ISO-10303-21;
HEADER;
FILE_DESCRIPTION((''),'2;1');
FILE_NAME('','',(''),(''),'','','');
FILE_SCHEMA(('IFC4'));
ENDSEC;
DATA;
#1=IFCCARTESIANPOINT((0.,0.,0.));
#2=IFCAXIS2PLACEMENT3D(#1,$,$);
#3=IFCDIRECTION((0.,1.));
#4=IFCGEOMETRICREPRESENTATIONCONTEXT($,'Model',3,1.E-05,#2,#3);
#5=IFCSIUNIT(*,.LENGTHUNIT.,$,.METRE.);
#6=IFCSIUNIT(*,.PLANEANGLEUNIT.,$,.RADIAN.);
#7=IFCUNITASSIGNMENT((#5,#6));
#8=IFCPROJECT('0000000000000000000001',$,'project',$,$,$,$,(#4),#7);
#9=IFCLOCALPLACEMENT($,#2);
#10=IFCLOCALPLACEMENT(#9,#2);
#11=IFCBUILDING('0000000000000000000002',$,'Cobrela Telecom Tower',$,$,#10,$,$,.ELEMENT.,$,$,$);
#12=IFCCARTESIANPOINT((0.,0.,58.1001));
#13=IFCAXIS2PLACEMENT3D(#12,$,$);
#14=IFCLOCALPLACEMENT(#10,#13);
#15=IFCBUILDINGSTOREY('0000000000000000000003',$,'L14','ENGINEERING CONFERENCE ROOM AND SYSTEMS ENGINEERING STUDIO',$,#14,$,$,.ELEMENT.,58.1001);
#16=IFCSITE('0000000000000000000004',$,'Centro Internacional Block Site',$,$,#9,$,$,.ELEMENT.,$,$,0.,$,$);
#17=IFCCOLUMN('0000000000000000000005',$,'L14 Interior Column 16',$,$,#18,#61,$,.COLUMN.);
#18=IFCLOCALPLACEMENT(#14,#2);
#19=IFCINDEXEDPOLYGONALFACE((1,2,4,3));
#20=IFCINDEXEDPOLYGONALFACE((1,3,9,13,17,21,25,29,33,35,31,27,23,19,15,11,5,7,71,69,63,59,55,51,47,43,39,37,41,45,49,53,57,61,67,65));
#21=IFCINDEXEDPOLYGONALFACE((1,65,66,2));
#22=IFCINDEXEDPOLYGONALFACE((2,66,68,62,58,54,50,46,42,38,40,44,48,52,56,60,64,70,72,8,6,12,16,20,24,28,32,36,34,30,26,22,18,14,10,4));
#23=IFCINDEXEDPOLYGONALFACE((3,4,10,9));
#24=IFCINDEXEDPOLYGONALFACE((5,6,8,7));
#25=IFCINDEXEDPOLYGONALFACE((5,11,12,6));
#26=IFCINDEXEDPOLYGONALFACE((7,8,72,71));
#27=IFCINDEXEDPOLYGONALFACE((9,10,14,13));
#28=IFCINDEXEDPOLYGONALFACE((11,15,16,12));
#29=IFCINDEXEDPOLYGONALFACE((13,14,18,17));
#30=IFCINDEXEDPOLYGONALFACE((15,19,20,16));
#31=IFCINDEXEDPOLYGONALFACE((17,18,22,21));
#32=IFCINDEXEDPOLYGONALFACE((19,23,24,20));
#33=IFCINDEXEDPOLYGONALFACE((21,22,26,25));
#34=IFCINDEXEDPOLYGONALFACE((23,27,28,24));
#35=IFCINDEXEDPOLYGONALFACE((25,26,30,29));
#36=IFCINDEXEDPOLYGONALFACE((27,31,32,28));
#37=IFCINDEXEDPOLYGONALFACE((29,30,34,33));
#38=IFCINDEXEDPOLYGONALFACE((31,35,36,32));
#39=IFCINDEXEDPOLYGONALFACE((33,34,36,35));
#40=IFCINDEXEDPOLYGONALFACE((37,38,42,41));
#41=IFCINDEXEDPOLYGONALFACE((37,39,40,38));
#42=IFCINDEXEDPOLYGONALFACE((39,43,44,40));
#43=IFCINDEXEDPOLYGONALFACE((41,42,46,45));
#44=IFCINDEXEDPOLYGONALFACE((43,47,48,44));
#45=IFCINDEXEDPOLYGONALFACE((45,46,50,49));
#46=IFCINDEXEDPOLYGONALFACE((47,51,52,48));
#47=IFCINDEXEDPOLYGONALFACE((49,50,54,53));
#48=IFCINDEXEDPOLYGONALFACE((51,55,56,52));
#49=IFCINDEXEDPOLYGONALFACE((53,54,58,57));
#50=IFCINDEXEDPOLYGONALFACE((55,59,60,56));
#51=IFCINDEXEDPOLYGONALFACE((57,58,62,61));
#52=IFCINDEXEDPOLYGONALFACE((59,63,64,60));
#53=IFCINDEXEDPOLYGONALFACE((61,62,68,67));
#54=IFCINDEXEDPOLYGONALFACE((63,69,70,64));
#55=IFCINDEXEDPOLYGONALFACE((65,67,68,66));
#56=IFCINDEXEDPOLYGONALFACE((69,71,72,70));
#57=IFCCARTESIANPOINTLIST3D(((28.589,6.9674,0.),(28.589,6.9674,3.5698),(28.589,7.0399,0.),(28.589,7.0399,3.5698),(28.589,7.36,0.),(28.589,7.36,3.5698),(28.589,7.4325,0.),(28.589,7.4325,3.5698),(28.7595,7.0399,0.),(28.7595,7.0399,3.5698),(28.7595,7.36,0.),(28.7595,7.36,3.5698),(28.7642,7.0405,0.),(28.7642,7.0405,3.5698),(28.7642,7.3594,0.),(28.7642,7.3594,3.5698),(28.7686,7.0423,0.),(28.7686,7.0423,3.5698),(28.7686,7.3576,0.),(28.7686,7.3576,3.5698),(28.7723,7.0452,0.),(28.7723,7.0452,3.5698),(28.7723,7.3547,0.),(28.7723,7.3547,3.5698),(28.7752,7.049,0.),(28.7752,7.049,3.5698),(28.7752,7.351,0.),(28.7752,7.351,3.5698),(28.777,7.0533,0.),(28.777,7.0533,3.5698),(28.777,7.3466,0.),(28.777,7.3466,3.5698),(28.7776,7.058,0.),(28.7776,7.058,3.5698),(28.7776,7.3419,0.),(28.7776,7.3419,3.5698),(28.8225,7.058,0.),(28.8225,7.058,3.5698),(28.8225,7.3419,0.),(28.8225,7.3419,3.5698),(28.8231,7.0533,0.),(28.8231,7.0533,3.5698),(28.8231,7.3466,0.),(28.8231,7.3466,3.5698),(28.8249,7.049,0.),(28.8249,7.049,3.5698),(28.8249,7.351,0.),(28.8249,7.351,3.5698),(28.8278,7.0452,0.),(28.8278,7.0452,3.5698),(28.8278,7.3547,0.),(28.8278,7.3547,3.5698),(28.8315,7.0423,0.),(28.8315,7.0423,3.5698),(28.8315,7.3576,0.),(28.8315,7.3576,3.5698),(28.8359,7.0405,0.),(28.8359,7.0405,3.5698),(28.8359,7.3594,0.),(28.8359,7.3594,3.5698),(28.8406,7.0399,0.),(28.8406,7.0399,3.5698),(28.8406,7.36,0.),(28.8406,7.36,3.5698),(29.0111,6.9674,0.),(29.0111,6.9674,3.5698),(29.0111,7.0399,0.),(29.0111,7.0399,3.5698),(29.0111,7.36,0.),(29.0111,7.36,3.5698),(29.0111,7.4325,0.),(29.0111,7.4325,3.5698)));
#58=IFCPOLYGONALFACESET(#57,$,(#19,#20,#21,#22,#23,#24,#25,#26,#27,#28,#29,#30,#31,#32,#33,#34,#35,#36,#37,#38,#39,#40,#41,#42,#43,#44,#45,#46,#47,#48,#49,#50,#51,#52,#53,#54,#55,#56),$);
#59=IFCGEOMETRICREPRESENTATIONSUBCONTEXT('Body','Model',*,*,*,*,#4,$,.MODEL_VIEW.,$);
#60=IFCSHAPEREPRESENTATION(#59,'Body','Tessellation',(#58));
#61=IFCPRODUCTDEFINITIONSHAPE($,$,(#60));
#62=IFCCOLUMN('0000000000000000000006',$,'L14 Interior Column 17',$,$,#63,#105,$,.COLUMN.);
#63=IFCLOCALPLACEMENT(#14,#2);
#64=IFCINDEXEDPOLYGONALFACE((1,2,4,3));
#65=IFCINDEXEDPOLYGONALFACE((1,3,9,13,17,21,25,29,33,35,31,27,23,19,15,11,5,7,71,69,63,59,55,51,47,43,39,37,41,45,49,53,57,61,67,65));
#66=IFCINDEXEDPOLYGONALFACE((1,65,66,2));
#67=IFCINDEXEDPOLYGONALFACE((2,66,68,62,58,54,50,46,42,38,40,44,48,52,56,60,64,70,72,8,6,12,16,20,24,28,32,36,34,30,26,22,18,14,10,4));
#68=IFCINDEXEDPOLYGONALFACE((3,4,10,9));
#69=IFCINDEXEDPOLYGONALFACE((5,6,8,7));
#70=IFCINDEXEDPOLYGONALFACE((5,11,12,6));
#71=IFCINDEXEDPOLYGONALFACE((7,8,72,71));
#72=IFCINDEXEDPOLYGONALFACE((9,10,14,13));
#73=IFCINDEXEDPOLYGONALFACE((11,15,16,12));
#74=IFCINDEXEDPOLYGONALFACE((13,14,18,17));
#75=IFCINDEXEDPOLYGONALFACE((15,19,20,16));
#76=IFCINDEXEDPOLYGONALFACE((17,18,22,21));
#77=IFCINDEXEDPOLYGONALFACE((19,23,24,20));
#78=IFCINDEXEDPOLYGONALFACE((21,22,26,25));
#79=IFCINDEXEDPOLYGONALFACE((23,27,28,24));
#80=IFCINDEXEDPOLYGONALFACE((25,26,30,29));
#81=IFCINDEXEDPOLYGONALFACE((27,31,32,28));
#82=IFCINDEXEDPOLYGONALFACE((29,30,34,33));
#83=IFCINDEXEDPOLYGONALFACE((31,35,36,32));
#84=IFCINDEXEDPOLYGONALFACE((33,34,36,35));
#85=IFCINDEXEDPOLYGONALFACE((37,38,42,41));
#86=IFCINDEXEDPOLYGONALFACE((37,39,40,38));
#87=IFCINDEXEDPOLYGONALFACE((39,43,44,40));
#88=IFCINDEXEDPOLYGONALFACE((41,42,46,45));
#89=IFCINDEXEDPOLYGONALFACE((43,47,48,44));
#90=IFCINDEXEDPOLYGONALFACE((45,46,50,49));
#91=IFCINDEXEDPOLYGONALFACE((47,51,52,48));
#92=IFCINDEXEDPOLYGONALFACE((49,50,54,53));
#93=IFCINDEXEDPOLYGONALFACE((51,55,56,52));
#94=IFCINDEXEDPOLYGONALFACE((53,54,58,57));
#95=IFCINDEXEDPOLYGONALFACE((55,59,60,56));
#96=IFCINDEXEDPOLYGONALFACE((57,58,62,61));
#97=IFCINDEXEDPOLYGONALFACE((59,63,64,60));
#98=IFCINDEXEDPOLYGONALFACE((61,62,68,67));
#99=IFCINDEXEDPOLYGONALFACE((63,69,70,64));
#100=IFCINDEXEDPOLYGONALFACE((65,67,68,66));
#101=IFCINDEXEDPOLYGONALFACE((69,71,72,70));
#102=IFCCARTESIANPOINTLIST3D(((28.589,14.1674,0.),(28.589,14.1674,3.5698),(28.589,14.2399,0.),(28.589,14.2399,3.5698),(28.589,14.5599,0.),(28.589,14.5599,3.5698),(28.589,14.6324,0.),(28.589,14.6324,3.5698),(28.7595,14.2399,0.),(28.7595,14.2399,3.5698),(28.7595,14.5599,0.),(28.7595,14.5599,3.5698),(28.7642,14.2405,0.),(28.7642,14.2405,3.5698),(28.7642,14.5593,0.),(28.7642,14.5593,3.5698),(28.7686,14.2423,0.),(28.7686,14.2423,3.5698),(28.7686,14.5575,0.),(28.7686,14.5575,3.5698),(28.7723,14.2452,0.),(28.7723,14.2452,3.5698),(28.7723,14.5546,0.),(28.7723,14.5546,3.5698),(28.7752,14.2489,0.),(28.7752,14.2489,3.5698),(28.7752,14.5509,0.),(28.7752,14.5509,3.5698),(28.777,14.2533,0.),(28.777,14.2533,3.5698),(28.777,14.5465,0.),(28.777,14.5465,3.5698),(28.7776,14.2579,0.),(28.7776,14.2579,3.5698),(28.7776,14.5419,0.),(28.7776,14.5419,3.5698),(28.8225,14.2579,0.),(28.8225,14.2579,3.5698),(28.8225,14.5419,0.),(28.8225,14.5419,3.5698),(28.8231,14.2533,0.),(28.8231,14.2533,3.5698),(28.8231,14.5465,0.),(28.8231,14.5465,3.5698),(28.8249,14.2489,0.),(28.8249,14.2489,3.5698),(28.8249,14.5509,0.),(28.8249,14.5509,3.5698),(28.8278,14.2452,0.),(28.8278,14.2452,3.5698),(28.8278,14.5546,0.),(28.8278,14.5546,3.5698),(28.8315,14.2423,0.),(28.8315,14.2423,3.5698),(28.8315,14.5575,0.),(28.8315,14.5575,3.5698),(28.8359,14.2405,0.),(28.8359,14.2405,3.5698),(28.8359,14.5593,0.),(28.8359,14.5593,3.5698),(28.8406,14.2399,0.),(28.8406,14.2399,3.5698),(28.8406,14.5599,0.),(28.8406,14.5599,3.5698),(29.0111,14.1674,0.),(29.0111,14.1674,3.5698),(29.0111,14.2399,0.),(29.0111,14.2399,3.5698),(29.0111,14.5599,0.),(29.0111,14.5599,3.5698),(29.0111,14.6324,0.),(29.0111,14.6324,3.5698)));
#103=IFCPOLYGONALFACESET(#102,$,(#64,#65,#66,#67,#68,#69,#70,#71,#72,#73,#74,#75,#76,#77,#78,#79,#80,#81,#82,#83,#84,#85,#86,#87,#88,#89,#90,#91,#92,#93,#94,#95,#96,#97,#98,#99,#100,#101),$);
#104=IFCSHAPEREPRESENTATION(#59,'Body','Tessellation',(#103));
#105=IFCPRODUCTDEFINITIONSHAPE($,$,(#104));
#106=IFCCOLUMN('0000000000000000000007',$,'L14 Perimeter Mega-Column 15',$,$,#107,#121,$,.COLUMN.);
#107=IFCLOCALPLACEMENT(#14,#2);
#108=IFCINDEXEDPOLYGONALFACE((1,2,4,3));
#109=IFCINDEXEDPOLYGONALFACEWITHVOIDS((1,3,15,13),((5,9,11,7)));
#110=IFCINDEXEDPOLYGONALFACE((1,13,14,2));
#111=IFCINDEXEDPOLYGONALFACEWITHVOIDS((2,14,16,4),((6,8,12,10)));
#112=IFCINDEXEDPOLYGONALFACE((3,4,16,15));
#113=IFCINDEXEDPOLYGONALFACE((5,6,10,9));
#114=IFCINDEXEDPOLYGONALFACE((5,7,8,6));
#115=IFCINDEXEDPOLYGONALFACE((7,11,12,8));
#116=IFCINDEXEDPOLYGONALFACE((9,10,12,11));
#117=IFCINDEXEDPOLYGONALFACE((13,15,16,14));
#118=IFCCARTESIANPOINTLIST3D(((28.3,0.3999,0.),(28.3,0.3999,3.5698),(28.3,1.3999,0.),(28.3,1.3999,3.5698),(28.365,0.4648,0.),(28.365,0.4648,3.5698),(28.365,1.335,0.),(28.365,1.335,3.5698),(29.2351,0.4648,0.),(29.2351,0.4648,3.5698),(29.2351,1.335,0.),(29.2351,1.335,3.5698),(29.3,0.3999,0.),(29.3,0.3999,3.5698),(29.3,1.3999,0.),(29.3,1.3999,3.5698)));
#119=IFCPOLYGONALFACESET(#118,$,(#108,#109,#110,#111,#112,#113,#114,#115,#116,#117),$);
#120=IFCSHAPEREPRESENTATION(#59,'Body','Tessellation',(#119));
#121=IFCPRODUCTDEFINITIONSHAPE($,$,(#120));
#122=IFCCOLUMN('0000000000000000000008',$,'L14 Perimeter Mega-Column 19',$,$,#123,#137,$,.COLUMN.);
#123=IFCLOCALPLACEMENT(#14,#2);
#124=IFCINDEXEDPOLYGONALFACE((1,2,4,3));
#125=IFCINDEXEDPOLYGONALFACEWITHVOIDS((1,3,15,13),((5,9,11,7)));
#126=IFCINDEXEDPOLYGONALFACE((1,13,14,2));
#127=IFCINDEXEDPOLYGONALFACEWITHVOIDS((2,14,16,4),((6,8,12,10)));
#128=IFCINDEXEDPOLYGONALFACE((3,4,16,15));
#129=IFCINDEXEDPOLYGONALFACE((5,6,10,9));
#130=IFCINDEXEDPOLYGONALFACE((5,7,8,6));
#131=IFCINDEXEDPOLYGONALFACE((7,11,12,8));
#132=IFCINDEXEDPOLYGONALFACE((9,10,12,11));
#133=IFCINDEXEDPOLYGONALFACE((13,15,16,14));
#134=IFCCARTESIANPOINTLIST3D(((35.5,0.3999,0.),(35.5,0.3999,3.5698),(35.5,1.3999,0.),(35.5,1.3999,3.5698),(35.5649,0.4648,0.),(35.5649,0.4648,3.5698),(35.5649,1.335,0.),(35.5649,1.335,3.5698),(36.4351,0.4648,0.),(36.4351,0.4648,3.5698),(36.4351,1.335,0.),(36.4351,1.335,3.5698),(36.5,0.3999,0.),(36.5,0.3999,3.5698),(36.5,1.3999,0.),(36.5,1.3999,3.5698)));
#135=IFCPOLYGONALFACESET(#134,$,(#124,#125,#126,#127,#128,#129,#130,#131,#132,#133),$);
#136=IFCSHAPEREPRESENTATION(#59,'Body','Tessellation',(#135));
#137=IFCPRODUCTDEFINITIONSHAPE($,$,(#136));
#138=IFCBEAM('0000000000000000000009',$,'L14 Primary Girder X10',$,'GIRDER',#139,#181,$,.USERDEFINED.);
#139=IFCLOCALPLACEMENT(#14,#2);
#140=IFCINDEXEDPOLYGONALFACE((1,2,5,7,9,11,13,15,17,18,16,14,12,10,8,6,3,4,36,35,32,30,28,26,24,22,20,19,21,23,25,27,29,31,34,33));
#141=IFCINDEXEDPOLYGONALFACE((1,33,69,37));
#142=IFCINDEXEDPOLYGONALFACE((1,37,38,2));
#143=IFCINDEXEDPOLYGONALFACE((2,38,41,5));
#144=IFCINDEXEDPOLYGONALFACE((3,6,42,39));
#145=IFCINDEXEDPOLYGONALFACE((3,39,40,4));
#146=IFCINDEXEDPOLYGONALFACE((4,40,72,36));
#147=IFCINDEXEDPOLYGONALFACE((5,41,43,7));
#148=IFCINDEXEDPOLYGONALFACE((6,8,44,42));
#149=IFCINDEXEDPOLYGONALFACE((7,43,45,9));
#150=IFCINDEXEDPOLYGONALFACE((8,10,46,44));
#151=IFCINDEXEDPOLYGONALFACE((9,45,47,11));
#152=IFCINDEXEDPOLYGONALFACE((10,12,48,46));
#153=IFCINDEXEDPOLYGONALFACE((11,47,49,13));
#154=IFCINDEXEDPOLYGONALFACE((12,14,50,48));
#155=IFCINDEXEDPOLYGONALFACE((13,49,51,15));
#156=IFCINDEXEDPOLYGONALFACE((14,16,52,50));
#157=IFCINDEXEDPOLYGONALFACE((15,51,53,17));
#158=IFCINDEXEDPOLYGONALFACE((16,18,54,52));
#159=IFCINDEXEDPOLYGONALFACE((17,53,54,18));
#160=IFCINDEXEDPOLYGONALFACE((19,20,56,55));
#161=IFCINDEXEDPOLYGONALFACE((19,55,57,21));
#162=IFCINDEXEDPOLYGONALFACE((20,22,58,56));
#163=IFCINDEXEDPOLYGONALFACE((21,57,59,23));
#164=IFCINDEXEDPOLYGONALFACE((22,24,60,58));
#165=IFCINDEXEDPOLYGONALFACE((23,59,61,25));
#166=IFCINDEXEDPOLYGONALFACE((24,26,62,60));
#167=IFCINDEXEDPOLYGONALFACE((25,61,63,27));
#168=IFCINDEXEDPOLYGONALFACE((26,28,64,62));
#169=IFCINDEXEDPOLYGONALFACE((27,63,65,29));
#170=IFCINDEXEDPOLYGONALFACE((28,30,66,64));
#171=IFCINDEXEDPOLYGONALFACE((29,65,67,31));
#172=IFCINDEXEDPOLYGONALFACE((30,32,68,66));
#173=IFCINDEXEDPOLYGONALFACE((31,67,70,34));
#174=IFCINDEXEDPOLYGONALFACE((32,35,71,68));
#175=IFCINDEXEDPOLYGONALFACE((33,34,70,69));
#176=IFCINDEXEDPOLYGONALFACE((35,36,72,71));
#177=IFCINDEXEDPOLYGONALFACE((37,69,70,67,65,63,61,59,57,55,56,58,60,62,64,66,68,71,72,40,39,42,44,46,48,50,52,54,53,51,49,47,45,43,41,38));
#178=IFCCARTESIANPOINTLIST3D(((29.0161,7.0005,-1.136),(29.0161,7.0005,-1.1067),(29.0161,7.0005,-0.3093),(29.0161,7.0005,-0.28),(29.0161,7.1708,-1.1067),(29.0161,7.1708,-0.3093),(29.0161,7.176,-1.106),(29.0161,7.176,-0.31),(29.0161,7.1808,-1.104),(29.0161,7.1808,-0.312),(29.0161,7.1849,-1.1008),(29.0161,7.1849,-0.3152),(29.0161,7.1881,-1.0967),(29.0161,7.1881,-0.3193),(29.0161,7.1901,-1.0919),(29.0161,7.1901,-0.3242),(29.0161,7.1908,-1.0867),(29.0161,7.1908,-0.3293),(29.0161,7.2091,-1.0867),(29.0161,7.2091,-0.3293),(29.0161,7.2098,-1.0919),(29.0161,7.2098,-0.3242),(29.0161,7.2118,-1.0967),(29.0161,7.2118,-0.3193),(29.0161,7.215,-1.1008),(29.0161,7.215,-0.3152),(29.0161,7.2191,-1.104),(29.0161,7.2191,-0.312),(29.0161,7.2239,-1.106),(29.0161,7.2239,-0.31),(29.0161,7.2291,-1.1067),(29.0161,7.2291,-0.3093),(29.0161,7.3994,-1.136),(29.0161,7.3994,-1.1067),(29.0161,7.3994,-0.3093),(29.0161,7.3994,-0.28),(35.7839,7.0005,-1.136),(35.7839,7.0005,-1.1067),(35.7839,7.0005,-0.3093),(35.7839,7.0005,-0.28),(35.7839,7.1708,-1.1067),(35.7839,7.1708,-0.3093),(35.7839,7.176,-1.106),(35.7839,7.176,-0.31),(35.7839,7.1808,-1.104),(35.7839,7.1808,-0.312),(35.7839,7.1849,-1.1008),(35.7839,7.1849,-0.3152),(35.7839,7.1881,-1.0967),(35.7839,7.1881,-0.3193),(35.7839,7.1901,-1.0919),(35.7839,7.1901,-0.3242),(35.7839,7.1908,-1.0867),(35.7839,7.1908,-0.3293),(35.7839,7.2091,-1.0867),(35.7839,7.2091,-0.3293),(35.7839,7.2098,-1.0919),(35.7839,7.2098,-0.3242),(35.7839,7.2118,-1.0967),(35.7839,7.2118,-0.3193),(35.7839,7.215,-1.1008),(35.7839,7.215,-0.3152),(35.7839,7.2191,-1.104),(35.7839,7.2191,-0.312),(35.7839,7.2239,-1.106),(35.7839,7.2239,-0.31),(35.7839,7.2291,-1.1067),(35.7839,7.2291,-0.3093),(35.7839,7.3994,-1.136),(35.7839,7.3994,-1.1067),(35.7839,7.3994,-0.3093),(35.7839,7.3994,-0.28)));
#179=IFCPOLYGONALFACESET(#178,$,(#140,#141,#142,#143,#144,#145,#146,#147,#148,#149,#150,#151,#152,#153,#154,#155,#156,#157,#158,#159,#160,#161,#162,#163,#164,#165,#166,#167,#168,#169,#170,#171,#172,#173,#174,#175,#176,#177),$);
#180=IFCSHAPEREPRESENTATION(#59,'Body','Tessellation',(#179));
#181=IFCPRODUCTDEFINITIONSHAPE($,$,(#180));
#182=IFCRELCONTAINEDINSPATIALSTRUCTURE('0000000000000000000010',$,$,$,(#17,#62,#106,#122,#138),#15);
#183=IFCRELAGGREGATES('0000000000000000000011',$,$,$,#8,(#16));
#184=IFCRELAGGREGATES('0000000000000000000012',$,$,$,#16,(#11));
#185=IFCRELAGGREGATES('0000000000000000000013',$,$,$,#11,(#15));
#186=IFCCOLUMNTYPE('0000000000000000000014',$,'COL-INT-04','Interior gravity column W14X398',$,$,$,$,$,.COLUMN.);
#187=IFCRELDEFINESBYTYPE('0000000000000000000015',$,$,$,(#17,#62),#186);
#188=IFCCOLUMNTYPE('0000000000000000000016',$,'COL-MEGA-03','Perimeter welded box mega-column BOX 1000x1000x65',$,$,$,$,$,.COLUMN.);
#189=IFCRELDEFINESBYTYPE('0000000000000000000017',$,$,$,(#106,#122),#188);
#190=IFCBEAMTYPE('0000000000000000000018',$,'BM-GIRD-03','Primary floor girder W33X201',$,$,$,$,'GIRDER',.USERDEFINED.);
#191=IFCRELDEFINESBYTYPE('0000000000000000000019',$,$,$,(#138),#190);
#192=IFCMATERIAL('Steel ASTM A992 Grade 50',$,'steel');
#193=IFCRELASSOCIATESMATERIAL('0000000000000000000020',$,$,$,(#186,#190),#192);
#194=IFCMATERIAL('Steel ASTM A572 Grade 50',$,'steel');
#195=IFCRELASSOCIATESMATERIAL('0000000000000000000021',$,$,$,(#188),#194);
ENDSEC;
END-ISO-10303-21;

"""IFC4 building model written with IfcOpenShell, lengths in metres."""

from ifc_helpers import new_model, si_unit, direction, frame, origin, origin_2d, place, context, subcontext, project, spatial, hollow_rectangle, i_section, extrude, material, material_profile, profile_set, type_object, element, save


model = new_model("IFC4")

# Units and contexts
model_context = context("Model", 3, precision=1e-05, world=origin(), true_north=direction((0.0, 1.0)))
body_context = subcontext(model_context, "Body", "Model", "MODEL_VIEW")
ifc_project = project(units=[si_unit("LENGTHUNIT", "METRE"), si_unit("PLANEANGLEUNIT", "RADIAN")], contexts=[model_context])

# Site, building, storey
site_placement = place(None, origin())
site = spatial("IfcSite", under=ifc_project, at=site_placement, Name="Centro Internacional Block Site", CompositionType="ELEMENT", RefElevation=0.0)
building_placement = place(site_placement, origin())
building = spatial("IfcBuilding", under=site, at=building_placement, Name="Cobrela Telecom Tower", CompositionType="ELEMENT")
storey_placement = place(building_placement, frame((0.0, 0.0, 58.1001)))
storey = spatial("IfcBuildingStorey", under=building, at=storey_placement, Name="L14", Description="ENGINEERING CONFERENCE ROOM AND SYSTEMS ENGINEERING STUDIO", CompositionType="ELEMENT", Elevation=58.1001)

# Columns
ifc_material_1 = material(Name="Steel ASTM A992 Grade 50", Category="steel")
ifc_material_profile_1 = material_profile(ifc_material_1, i_section(OverallWidth=0.4221, OverallDepth=0.4651, WebThickness=0.0449, FlangeThickness=0.0725, FilletRadius=0.0181, at=origin_2d()), Name="W14X398")
ifc_profile_set_1 = profile_set([ifc_material_profile_1], Name="Steel ASTM A992 Grade 50")
column_type_1 = type_object("IfcColumnType", Name="COL-INT-04", Description="Interior gravity column W14X398", PredefinedType="COLUMN", material=ifc_profile_set_1)
for number, where, z_axis, x_axis, name in (
    (1, (28.8, 7.2, 0.0), (0.0, 0.0, 1.0), (1.0, 0.0, 0.0), "L14 Interior Column 16"),
    (2, (28.8, 14.3999, 0.0), (0.0, 0.0, 1.0), (1.0, 0.0, 0.0), "L14 Interior Column 17"),
):
    element("IfcColumn", number, at=place(storey_placement, frame(where, z_axis=z_axis, x_axis=x_axis)), inside=storey, type_object=column_type_1, Name=name, PredefinedType="COLUMN", context=body_context, shape_type="SweptSolid", body=[
        extrude(i_section(OverallWidth=0.4221, OverallDepth=0.4651, WebThickness=0.0449, FlangeThickness=0.0725, FilletRadius=0.0181, at=origin_2d()), origin(), (0.0, 0.0, 1.0), 3.5698),
    ])
ifc_material_2 = material(Name="Steel ASTM A572 Grade 50", Category="steel")
ifc_material_profile_2 = material_profile(ifc_material_2, hollow_rectangle(XDim=1.0, YDim=1.0, WallThickness=0.0649, at=origin_2d()), Name="BOX 1000x1000x65")
ifc_profile_set_2 = profile_set([ifc_material_profile_2], Name="Steel ASTM A572 Grade 50")
column_type_2 = type_object("IfcColumnType", Name="COL-MEGA-03", Description="Perimeter welded box mega-column BOX 1000x1000x65", PredefinedType="COLUMN", material=ifc_profile_set_2)
for number, where, z_axis, x_axis, name in (
    (3, (28.8, 0.8999, 0.0), (0.0, 0.0, 1.0), (1.0, 0.0, 0.0), "L14 Perimeter Mega-Column 15"),
    (4, (36.0, 0.8999, 0.0), (0.0, 0.0, 1.0), (1.0, 0.0, 0.0), "L14 Perimeter Mega-Column 19"),
):
    element("IfcColumn", number, at=place(storey_placement, frame(where, z_axis=z_axis, x_axis=x_axis)), inside=storey, type_object=column_type_2, Name=name, PredefinedType="COLUMN", context=body_context, shape_type="SweptSolid", body=[
        extrude(hollow_rectangle(XDim=1.0, YDim=1.0, WallThickness=0.0649, at=origin_2d()), origin(), (0.0, 0.0, 1.0), 3.5698),
    ])

# Beam
ifc_material_profile_3 = material_profile(ifc_material_1, i_section(OverallWidth=0.3989, OverallDepth=0.856, WebThickness=0.0183, FlangeThickness=0.0293, FilletRadius=0.02, at=origin_2d()), Name="W33X201")
ifc_profile_set_3 = profile_set([ifc_material_profile_3], Name="Steel ASTM A992 Grade 50")
beam_type_1 = type_object("IfcBeamType", Name="BM-GIRD-03", Description="Primary floor girder W33X201", ElementType="GIRDER", PredefinedType="USERDEFINED", material=ifc_profile_set_3)
for number, where, z_axis, x_axis, name in (
    (5, (29.0161, 7.2, -0.708), (1.0, 0.0, 0.0), (0.0, 1.0, 0.0), "L14 Primary Girder X10"),
):
    element("IfcBeam", number, at=place(storey_placement, frame(where, z_axis=z_axis, x_axis=x_axis)), inside=storey, type_object=beam_type_1, Name=name, ObjectType="GIRDER", PredefinedType="USERDEFINED", context=body_context, shape_type="SweptSolid", body=[
        extrude(i_section(OverallWidth=0.3989, OverallDepth=0.856, WebThickness=0.0183, FlangeThickness=0.0293, FilletRadius=0.02, at=origin_2d()), origin(), (0.0, 0.0, 1.0), 6.7678),
    ])

save(model, "model.ifc")
